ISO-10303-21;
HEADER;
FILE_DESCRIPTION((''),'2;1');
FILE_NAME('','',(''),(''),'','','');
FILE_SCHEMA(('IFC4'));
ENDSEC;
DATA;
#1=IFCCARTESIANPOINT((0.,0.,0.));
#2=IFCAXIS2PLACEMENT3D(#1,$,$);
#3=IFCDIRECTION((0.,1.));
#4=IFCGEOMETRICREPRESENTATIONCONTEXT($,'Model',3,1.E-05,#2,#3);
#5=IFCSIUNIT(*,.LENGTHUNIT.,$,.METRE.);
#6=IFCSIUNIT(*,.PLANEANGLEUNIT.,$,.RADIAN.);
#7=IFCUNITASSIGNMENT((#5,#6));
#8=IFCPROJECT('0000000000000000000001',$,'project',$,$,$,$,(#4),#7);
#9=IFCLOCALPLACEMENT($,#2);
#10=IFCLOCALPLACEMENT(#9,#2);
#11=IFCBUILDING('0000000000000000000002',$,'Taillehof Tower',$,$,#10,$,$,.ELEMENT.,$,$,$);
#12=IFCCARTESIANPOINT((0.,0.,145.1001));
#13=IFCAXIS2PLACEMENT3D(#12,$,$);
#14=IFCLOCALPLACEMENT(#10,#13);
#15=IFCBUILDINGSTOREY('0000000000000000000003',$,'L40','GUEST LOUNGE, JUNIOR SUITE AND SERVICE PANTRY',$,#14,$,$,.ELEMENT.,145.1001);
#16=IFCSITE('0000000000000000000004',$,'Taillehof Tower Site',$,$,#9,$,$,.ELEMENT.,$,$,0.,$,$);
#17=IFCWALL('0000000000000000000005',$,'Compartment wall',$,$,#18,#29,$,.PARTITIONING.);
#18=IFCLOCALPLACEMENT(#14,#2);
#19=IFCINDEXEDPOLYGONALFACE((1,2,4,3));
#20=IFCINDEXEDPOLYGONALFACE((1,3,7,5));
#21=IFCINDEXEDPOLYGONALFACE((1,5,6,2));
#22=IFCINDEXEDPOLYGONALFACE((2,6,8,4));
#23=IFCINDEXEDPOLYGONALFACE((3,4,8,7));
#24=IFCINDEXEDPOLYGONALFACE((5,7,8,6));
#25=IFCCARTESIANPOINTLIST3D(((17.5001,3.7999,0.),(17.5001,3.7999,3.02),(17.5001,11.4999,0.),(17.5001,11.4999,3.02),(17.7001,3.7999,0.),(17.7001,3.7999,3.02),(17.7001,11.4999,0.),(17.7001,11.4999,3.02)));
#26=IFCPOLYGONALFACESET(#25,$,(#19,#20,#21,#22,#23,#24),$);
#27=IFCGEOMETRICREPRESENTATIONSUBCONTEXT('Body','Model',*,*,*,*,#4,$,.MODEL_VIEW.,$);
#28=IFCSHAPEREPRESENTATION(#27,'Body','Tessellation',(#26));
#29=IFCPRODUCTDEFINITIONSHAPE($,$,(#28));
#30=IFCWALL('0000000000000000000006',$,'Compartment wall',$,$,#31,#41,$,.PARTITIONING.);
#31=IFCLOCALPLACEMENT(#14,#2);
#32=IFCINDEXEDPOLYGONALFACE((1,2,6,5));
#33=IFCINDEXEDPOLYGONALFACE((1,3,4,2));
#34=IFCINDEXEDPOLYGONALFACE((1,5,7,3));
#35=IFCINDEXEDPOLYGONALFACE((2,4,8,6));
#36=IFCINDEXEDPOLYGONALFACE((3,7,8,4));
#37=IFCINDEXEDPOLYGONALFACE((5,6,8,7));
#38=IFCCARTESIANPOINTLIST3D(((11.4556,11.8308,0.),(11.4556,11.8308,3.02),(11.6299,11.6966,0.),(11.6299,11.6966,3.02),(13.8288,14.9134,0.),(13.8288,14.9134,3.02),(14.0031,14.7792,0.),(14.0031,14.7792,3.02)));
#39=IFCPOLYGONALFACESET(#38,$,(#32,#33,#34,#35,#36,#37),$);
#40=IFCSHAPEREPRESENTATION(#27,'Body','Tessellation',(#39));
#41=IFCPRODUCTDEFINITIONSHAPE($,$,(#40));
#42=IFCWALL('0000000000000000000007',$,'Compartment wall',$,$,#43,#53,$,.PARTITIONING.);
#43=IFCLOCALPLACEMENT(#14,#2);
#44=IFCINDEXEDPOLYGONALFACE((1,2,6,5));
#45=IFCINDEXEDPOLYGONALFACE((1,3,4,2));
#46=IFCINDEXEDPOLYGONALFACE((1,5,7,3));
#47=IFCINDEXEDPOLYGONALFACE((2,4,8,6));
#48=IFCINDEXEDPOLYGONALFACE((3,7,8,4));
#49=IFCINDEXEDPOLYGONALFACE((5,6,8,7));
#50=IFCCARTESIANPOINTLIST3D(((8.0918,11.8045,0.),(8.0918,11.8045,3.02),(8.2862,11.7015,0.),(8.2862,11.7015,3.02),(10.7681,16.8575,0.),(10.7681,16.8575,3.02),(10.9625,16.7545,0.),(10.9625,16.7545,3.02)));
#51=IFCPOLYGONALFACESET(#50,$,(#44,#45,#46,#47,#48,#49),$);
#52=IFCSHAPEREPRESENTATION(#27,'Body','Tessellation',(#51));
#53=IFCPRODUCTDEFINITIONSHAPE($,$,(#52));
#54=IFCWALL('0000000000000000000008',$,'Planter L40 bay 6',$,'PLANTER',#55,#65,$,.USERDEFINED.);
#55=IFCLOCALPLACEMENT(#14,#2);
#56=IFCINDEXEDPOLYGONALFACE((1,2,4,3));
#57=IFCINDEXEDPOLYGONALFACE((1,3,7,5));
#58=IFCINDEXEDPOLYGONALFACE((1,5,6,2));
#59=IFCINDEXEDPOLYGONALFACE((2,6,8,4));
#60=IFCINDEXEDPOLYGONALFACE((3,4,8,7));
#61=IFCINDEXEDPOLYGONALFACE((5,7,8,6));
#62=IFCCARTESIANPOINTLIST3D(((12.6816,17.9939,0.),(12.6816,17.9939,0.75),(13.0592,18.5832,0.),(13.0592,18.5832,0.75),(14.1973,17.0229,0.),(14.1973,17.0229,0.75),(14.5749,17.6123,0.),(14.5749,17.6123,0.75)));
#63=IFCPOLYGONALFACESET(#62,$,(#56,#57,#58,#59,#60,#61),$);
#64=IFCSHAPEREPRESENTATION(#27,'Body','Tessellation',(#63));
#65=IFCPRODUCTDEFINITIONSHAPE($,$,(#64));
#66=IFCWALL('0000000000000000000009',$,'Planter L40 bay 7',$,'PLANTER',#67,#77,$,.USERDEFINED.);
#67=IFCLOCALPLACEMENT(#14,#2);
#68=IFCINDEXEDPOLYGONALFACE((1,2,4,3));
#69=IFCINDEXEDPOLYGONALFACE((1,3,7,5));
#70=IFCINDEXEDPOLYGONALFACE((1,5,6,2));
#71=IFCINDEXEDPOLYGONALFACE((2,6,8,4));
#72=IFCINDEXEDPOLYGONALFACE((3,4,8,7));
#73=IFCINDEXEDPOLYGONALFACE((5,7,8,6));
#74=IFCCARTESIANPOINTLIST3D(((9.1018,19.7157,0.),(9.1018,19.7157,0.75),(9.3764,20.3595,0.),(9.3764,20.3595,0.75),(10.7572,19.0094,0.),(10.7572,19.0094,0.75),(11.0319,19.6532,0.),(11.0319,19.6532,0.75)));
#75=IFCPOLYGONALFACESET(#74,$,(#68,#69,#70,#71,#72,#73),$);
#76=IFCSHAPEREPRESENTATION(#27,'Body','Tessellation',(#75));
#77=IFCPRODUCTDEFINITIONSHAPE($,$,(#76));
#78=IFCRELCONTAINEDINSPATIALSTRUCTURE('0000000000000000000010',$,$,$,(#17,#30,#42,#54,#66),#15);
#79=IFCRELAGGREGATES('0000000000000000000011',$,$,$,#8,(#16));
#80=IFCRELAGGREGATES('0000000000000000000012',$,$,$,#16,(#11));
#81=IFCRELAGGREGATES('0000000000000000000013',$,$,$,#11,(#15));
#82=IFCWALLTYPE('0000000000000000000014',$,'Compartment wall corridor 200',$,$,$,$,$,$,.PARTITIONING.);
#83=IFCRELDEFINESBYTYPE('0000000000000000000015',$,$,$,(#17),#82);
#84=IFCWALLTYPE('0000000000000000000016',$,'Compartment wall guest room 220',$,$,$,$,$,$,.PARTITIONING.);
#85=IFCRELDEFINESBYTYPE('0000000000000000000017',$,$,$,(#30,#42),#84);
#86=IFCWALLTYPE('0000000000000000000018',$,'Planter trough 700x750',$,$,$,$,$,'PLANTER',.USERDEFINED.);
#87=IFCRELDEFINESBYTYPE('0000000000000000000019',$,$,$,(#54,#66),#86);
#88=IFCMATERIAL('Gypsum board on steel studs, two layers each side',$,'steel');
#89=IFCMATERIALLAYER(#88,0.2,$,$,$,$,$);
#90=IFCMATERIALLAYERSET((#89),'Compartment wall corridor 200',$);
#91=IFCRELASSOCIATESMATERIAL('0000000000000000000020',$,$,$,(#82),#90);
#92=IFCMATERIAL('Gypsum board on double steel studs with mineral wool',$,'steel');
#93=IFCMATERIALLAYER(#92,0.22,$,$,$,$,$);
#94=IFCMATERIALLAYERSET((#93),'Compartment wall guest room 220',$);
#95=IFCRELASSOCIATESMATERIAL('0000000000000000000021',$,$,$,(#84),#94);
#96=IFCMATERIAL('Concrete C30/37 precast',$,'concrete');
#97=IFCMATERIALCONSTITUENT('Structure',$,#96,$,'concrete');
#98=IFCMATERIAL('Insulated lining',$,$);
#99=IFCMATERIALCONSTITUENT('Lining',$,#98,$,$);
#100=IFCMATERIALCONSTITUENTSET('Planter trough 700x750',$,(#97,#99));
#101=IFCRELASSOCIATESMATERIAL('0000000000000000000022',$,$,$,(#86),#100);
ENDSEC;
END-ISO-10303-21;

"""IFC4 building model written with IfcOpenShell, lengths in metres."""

from ifc_helpers import new_model, si_unit, direction, frame, frame_2d, origin, place, context, subcontext, project, spatial, rectangle, extrude, material, layer, layer_set, constituent, constituent_set, type_object, element, save


model = new_model("IFC4")

# Units and contexts
model_context = context("Model", 3, precision=1e-05, world=origin(), true_north=direction((0.0, 1.0)))
body_context = subcontext(model_context, "Body", "Model", "MODEL_VIEW")
ifc_project = project(units=[si_unit("LENGTHUNIT", "METRE"), si_unit("PLANEANGLEUNIT", "RADIAN")], contexts=[model_context])

# Site, building, storey
site_placement = place(None, origin())
site = spatial("IfcSite", under=ifc_project, at=site_placement, Name="Taillehof Tower Site", CompositionType="ELEMENT", RefElevation=0.0)
building_placement = place(site_placement, origin())
building = spatial("IfcBuilding", under=site, at=building_placement, Name="Taillehof Tower", CompositionType="ELEMENT")
storey_placement = place(building_placement, frame((0.0, 0.0, 145.1001)))
storey = spatial("IfcBuildingStorey", under=building, at=storey_placement, Name="L40", Description="GUEST LOUNGE, JUNIOR SUITE AND SERVICE PANTRY", CompositionType="ELEMENT", Elevation=145.1001)

# Walls
ifc_material_1 = material(Name="Gypsum board on steel studs, two layers each side", Category="steel")
ifc_layer_1 = layer(ifc_material_1, 0.2)
ifc_layer_set_1 = layer_set([ifc_layer_1], Name="Compartment wall corridor 200")
wall_type_1 = type_object("IfcWallType", Name="Compartment wall corridor 200", PredefinedType="PARTITIONING", material=ifc_layer_set_1)
wall_1_placement = place(storey_placement, frame((17.6001, 11.5, 0.0), z_axis=(0.0, 0.0, 1.0), x_axis=(0.0, -1.0, 0.0)))
element("IfcWall", 1, at=wall_1_placement, inside=storey, type_object=wall_type_1, Name="Compartment wall", PredefinedType="PARTITIONING", context=body_context, shape_type="SweptSolid", body=[
    extrude(rectangle(XDim=7.7, YDim=0.2, at=frame_2d((3.8501, 0.0))), origin(), (0.0, 0.0, 1.0), 3.02),
])
ifc_material_2 = material(Name="Gypsum board on double steel studs with mineral wool", Category="steel")
ifc_layer_2 = layer(ifc_material_2, 0.22)
ifc_layer_set_2 = layer_set([ifc_layer_2], Name="Compartment wall guest room 220")
wall_type_2 = type_object("IfcWallType", Name="Compartment wall guest room 220", PredefinedType="PARTITIONING", material=ifc_layer_set_2)
wall_2_placement = place(storey_placement, frame((13.916, 14.8464, 0.0), z_axis=(0.0, 0.0, 1.0), x_axis=(-0.610023, -0.792384, 0.0)))
element("IfcWall", 2, at=wall_2_placement, inside=storey, type_object=wall_type_2, Name="Compartment wall", PredefinedType="PARTITIONING", context=body_context, shape_type="SweptSolid", body=[
    extrude(rectangle(XDim=3.8904, YDim=0.22, at=frame_2d((1.9453, 0.0))), origin(), (0.0, 0.0, 1.0), 3.02),
])
wall_3_placement = place(storey_placement, frame((10.8652, 16.8059, 0.0), z_axis=(0.0, 0.0, 1.0), x_axis=(-0.468047, -0.883704, 0.0)))
element("IfcWall", 3, at=wall_3_placement, inside=storey, type_object=wall_type_2, Name="Compartment wall", PredefinedType="PARTITIONING", context=body_context, shape_type="SweptSolid", body=[
    extrude(rectangle(XDim=5.718, YDim=0.22, at=frame_2d((2.8589, 0.0))), origin(), (0.0, 0.0, 1.0), 3.02),
])
ifc_material_3 = material(Name="Concrete C30/37 precast", Category="concrete")
ifc_constituent_1 = constituent(ifc_material_3, Name="Structure", Category="concrete")
ifc_material_4 = material(Name="Insulated lining")
ifc_constituent_2 = constituent(ifc_material_4, Name="Lining")
ifc_constituent_set = constituent_set(constituents=[ifc_constituent_1, ifc_constituent_2], Name="Planter trough 700x750")
wall_type_3 = type_object("IfcWallType", Name="Planter trough 700x750", ElementType="PLANTER", PredefinedType="USERDEFINED", material=ifc_constituent_set)
wall_4_placement = place(storey_placement, frame((14.386, 17.3176, 0.0), z_axis=(0.0, 0.0, 1.0), x_axis=(-0.842032, 0.539427, 0.0)))
element("IfcWall", 4, at=wall_4_placement, inside=storey, type_object=wall_type_3, Name="Planter L40 bay 6", ObjectType="PLANTER", PredefinedType="USERDEFINED", context=body_context, shape_type="SweptSolid", body=[
    extrude(rectangle(XDim=1.8, YDim=0.7, at=frame_2d((0.8999, 0.0))), origin(), (0.0, 0.0, 1.0), 0.75),
])
wall_5_placement = place(storey_placement, frame((10.8945, 19.3313, 0.0), z_axis=(0.0, 0.0, 1.0), x_axis=(-0.919789, 0.392413, 0.0)))
element("IfcWall", 5, at=wall_5_placement, inside=storey, type_object=wall_type_3, Name="Planter L40 bay 7", ObjectType="PLANTER", PredefinedType="USERDEFINED", context=body_context, shape_type="SweptSolid", body=[
    extrude(rectangle(XDim=1.7998, YDim=0.7, at=frame_2d((0.8999, 0.0))), origin(), (0.0, 0.0, 1.0), 0.75),
])

save(model, "model.ifc")
